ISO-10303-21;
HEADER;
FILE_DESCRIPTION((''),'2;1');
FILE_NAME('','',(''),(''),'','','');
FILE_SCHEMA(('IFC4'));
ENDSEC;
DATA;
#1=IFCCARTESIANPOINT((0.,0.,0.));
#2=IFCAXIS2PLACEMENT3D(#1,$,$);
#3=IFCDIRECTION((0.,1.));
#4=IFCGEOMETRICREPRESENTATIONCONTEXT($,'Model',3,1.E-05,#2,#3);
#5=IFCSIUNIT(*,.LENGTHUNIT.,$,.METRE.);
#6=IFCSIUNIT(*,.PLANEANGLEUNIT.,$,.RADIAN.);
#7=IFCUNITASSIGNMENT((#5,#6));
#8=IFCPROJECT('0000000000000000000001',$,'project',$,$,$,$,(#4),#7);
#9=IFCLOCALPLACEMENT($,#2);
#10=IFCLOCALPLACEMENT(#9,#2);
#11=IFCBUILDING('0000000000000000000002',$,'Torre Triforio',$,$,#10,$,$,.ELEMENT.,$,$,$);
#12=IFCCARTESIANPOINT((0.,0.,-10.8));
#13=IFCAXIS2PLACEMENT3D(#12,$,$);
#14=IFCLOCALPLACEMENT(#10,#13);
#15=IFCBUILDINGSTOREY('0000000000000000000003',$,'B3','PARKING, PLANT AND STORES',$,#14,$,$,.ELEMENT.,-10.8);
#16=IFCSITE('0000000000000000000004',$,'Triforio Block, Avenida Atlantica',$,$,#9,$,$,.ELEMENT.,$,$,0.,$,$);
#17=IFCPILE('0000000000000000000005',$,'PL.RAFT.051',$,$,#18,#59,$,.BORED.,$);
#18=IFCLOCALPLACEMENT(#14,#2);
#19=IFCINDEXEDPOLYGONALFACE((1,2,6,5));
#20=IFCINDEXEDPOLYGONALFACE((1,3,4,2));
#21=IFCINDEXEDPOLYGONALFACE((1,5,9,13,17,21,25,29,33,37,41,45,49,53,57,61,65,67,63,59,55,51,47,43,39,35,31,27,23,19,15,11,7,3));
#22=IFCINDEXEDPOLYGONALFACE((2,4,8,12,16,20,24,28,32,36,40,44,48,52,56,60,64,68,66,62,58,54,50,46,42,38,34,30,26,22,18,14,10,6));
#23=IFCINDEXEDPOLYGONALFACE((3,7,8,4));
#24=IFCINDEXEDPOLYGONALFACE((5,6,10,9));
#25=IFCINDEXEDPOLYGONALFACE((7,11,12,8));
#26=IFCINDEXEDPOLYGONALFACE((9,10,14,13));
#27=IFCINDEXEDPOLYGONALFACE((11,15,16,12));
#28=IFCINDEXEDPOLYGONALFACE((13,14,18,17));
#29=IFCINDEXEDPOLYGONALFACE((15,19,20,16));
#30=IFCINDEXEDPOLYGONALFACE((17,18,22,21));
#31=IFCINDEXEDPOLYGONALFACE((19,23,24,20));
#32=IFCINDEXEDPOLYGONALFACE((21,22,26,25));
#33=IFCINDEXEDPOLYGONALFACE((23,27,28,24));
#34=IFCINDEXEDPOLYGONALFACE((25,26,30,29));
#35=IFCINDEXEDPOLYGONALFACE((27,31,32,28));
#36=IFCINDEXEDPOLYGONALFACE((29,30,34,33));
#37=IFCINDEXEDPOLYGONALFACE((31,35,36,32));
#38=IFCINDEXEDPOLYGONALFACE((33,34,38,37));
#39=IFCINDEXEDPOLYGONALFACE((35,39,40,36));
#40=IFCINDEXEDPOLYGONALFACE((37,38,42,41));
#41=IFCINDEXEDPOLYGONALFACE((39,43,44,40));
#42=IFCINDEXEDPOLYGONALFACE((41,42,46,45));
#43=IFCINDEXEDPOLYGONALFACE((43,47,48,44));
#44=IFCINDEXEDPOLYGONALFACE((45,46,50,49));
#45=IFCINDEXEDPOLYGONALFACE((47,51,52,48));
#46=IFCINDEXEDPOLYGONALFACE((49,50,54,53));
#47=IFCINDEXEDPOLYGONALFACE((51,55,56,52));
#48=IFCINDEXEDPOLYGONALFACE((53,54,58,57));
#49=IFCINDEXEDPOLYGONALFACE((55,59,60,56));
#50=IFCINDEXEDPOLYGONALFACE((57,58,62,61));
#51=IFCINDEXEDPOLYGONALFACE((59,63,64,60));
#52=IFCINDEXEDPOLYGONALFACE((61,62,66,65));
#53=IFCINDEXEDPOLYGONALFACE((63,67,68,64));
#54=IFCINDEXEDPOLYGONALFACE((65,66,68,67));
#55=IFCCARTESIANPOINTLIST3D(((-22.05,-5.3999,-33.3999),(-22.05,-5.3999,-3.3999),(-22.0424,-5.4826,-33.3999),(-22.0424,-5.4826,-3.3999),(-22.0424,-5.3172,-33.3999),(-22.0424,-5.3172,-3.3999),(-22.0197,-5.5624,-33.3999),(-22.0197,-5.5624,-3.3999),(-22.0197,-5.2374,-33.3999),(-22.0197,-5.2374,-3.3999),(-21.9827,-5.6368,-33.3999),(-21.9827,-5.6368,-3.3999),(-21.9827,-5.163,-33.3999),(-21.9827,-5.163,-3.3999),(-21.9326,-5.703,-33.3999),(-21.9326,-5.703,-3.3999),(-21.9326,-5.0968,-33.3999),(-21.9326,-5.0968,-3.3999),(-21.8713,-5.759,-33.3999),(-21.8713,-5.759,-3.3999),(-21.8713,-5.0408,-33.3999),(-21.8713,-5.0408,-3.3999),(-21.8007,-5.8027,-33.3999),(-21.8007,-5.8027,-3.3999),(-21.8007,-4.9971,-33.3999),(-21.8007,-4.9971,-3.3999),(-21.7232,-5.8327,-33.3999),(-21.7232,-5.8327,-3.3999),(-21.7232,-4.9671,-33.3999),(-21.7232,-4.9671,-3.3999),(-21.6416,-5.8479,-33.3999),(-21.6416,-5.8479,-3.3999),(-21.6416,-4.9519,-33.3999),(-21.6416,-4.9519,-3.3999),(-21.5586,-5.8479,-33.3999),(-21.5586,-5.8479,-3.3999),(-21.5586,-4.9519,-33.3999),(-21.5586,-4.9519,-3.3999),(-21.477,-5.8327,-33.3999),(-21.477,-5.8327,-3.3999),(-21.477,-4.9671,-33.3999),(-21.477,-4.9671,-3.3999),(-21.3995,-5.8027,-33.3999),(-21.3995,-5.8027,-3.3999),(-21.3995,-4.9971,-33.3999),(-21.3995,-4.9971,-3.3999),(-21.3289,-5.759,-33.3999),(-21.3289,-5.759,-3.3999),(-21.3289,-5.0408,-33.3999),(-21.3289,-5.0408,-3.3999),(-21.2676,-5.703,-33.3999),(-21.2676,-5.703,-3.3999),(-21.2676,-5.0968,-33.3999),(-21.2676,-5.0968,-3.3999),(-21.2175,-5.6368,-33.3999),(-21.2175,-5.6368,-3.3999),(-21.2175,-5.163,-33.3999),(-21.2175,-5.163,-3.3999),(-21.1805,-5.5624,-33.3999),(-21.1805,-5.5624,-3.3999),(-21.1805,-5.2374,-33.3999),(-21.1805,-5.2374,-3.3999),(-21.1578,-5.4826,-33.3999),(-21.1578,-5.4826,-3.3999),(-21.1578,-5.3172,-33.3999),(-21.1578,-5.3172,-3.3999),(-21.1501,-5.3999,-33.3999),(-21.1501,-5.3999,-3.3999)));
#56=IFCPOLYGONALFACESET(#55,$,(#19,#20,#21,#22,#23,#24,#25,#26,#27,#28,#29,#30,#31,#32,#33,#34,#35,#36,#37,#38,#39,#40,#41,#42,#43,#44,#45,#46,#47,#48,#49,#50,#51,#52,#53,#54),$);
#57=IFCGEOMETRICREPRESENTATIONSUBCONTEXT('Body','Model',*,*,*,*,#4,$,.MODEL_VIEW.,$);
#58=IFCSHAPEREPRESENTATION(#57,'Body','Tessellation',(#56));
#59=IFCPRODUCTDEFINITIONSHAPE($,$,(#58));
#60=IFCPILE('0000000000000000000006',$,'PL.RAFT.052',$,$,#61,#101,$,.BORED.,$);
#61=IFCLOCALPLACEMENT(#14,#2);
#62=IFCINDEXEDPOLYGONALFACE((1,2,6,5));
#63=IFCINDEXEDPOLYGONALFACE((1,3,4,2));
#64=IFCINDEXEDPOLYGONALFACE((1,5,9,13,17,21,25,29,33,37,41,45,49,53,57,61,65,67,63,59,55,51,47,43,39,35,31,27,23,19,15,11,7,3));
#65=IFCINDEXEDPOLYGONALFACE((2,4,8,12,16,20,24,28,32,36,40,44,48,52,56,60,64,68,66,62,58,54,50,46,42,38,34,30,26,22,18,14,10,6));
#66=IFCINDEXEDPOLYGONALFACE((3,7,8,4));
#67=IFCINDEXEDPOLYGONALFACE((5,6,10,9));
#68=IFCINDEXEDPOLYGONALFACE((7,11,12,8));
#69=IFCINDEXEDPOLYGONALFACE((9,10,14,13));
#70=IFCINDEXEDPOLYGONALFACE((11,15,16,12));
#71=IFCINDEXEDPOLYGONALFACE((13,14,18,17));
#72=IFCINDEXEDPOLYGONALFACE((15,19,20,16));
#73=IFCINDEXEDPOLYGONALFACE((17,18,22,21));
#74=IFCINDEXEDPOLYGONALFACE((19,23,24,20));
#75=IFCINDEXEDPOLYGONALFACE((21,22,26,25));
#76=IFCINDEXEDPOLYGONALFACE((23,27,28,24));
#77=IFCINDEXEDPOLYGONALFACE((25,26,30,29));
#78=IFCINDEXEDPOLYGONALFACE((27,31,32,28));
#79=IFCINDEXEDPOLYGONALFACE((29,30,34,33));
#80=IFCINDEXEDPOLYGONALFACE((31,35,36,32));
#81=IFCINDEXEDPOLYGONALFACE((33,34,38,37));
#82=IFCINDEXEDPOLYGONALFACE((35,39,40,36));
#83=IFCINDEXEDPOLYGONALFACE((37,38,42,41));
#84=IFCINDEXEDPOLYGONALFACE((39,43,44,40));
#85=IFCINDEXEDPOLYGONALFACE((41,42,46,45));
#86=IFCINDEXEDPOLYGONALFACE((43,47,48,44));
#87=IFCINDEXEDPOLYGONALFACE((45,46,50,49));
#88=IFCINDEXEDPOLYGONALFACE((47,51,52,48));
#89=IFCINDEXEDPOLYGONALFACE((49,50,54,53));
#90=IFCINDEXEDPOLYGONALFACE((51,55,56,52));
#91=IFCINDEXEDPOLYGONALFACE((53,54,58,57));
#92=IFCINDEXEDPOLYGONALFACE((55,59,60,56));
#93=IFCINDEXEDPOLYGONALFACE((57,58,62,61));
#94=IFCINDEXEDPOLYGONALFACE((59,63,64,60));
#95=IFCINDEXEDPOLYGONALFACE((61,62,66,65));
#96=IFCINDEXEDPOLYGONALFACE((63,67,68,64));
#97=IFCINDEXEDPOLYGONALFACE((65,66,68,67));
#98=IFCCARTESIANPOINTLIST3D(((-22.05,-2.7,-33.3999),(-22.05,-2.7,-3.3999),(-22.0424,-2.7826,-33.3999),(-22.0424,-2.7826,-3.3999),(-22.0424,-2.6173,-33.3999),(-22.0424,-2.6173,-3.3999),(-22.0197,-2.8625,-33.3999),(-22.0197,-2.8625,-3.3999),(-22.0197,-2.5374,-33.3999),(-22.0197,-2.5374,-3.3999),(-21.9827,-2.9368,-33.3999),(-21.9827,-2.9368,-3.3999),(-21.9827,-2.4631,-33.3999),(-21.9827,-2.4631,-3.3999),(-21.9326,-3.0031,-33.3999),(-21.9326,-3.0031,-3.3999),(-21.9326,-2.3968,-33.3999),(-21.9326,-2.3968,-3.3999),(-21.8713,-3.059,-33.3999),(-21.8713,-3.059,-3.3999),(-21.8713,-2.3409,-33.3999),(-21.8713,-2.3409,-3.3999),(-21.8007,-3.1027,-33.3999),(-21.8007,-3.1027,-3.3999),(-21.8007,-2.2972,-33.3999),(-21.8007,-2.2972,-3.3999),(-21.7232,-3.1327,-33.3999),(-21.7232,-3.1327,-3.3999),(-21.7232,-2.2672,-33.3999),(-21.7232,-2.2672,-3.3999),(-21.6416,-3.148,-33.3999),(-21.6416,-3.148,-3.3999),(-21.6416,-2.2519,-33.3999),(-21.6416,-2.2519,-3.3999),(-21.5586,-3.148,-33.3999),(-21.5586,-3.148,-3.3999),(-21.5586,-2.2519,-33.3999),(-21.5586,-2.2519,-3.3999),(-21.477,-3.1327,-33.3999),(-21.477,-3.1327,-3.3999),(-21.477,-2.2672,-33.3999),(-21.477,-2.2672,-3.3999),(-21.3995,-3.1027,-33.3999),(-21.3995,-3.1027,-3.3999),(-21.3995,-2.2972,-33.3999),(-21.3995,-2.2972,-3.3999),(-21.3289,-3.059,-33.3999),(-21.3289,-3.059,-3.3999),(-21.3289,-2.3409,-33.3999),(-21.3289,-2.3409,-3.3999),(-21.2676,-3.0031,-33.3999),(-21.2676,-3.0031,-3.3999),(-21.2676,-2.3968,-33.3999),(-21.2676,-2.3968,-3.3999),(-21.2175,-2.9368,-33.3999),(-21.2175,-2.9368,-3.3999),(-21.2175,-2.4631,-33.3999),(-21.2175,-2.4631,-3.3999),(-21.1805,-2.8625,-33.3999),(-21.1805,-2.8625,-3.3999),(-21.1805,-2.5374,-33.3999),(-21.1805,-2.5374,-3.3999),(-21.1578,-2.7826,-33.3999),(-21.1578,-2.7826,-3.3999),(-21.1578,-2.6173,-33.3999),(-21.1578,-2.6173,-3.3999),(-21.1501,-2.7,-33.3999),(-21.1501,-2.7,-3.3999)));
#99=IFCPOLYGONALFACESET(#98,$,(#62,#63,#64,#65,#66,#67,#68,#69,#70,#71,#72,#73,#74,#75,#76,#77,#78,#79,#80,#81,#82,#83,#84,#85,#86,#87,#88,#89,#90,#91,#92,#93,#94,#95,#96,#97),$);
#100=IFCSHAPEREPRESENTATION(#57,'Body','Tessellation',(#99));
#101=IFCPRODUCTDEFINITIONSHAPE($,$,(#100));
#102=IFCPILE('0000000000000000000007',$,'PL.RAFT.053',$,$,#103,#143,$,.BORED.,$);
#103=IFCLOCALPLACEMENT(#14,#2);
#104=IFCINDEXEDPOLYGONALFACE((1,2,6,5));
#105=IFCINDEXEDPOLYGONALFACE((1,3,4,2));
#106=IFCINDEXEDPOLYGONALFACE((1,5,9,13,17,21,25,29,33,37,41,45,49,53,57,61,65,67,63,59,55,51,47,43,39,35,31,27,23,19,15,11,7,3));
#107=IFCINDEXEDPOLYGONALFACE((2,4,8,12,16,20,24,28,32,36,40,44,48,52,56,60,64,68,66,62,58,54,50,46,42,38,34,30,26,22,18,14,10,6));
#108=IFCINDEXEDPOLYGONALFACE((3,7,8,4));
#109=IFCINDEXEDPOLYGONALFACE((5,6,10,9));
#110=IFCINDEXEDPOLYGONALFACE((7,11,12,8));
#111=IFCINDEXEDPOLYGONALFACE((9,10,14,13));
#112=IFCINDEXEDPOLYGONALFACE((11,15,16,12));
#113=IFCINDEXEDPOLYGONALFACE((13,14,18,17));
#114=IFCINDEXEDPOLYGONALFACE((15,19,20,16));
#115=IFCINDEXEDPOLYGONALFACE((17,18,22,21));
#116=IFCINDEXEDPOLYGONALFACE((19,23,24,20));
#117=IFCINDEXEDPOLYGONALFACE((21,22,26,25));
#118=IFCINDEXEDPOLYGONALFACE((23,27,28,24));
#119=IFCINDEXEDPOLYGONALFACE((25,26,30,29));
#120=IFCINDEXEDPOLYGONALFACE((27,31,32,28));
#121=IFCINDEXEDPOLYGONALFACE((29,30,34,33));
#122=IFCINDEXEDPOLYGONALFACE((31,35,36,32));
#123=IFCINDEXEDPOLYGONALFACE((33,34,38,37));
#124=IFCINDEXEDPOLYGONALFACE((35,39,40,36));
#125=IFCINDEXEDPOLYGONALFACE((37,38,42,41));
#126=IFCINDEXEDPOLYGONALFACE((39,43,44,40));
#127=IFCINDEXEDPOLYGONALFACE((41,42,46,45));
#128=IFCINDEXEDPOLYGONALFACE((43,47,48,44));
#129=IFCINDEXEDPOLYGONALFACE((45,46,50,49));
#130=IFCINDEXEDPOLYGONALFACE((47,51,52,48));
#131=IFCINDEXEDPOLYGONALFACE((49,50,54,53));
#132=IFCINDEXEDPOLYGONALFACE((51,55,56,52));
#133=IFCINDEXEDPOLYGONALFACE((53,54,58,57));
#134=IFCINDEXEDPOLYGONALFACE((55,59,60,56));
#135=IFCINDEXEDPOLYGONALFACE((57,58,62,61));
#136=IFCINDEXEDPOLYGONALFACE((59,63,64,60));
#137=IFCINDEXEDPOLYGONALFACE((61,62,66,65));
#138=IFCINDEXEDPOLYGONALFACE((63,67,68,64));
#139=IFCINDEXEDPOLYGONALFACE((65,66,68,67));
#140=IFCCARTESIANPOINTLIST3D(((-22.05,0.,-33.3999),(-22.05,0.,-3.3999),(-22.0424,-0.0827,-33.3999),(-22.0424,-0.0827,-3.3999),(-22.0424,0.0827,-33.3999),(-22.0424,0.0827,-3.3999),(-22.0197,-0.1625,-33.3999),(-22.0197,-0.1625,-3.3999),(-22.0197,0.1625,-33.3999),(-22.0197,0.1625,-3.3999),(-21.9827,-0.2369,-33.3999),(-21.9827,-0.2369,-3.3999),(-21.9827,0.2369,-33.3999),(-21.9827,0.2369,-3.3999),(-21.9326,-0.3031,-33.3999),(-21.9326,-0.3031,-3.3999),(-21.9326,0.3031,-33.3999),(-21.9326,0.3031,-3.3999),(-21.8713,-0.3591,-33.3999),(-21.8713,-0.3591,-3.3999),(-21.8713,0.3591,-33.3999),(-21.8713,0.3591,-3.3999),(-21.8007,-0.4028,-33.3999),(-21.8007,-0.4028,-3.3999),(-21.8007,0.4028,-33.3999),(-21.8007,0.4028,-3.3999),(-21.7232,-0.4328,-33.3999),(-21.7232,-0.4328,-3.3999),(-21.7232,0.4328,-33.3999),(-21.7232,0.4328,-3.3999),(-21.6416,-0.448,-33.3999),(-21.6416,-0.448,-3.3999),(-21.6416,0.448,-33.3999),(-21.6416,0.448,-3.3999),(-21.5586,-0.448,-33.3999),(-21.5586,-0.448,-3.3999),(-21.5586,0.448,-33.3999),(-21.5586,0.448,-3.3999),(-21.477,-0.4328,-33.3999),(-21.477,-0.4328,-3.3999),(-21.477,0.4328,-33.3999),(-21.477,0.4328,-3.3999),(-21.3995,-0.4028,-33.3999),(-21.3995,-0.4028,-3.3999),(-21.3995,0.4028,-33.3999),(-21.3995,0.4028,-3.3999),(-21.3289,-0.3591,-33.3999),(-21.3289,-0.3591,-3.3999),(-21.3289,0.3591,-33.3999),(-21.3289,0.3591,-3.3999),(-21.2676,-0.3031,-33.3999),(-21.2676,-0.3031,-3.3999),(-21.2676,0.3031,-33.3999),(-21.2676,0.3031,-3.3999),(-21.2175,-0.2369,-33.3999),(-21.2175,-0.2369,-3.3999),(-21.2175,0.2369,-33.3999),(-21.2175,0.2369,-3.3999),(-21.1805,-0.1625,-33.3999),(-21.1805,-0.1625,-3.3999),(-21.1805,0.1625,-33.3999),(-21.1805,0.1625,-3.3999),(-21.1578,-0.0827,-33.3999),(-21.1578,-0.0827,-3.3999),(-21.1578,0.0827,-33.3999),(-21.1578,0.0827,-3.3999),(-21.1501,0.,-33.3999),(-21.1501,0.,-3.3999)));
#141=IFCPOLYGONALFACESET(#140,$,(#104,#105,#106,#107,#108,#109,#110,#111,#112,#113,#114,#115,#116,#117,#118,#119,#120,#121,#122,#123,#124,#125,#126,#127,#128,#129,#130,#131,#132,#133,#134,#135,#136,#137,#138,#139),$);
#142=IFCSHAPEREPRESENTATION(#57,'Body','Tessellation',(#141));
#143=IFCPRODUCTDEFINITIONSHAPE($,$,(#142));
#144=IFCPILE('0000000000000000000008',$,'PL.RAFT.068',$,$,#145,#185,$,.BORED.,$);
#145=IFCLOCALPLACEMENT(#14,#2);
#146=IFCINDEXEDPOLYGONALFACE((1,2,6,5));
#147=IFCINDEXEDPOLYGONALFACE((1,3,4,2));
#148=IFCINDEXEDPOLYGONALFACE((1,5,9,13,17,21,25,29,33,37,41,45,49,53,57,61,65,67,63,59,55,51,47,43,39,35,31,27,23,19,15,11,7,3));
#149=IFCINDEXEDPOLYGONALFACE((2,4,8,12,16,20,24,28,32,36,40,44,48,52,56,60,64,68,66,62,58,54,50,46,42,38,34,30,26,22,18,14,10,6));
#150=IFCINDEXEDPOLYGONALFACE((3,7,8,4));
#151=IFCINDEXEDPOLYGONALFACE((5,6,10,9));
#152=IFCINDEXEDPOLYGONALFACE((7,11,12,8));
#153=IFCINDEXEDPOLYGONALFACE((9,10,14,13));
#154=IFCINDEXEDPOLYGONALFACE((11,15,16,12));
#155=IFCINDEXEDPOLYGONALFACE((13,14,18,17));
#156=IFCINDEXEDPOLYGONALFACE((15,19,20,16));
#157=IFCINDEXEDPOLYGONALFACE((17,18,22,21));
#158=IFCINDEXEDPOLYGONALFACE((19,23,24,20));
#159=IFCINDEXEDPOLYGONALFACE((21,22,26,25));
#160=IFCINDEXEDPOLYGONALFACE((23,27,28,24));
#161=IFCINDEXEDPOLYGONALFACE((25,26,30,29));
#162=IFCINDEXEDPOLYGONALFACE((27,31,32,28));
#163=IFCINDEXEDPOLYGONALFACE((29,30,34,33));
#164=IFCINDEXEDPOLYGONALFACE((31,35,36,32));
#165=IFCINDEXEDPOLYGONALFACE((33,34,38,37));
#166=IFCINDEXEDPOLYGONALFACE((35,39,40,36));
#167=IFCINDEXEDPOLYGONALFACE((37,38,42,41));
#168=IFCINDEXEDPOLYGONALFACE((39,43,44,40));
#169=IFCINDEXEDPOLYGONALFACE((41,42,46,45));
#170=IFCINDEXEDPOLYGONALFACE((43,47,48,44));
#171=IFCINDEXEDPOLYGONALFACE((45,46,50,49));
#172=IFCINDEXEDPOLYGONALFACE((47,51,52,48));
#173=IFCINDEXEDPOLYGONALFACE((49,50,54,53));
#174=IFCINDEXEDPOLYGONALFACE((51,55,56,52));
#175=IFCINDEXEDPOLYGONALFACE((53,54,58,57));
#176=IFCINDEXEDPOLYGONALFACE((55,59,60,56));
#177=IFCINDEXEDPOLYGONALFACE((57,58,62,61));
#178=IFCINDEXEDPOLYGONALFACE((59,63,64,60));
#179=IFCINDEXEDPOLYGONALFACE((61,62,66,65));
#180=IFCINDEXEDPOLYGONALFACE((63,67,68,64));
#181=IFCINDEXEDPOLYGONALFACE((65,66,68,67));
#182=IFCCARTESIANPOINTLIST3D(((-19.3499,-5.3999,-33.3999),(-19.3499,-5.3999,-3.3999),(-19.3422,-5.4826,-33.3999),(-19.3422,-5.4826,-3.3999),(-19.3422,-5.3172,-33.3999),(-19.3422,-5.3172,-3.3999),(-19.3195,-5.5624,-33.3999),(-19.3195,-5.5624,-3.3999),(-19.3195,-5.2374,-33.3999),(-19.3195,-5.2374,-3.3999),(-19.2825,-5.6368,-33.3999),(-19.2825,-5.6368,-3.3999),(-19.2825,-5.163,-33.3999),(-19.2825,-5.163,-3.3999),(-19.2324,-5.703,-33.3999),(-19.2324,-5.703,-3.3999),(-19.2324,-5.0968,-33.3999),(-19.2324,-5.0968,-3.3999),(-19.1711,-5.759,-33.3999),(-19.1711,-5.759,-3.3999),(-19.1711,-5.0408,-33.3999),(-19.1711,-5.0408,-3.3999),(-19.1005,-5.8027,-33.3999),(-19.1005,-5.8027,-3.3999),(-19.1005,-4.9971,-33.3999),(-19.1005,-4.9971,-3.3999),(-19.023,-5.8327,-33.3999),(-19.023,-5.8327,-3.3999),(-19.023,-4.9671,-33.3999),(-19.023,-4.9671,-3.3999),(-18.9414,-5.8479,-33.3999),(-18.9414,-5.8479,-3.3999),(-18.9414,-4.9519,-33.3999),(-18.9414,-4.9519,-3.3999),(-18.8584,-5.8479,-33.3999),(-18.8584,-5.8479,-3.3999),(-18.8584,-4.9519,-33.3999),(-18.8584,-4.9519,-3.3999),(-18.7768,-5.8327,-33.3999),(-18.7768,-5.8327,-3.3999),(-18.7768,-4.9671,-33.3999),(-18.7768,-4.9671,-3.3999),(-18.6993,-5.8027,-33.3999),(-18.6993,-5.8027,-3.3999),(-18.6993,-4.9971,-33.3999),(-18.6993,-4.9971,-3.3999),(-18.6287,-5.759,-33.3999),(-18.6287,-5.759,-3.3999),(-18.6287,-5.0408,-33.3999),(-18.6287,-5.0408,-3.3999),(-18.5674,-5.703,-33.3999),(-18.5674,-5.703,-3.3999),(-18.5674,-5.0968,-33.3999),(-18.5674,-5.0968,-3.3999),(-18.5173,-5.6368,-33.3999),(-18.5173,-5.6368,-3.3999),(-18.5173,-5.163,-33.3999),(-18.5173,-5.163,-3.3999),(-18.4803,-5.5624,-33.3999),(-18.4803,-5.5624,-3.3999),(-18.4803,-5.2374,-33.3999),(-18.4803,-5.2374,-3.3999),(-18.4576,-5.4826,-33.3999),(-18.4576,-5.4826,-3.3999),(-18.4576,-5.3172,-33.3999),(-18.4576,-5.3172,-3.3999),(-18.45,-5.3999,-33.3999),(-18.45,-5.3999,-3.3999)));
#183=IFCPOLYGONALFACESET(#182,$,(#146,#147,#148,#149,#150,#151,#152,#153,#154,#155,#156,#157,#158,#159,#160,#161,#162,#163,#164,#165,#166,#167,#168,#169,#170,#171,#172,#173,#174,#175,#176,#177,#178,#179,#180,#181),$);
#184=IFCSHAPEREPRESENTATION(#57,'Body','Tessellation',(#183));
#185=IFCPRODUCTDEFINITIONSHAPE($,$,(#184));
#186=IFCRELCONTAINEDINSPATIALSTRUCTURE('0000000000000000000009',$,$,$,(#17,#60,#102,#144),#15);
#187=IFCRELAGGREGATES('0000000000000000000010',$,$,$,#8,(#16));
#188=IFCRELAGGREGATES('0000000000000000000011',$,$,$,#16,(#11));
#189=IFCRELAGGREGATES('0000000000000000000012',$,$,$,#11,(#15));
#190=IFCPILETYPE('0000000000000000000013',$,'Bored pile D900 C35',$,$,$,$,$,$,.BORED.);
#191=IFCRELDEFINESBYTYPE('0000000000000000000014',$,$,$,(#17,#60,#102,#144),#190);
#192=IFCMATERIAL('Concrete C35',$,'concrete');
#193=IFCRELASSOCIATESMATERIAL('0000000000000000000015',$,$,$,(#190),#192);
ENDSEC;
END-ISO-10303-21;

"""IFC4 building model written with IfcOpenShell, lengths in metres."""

from ifc_helpers import new_model, si_unit, direction, frame, origin, origin_2d, place, context, subcontext, project, spatial, circle, extrude, material, material_profile, profile_set, type_object, element, save


model = new_model("IFC4")

# Units and contexts
model_context = context("Model", 3, precision=1e-05, world=origin(), true_north=direction((0.0, 1.0)))
body_context = subcontext(model_context, "Body", "Model", "MODEL_VIEW")
ifc_project = project(units=[si_unit("LENGTHUNIT", "METRE"), si_unit("PLANEANGLEUNIT", "RADIAN")], contexts=[model_context])

# Site, building, storey
site_placement = place(None, origin())
site = spatial("IfcSite", under=ifc_project, at=site_placement, Name="Triforio Block, Avenida Atlantica", CompositionType="ELEMENT", RefElevation=0.0)
building_placement = place(site_placement, origin())
building = spatial("IfcBuilding", under=site, at=building_placement, Name="Torre Triforio", CompositionType="ELEMENT")
storey_placement = place(building_placement, frame((0.0, 0.0, -10.8)))
storey = spatial("IfcBuildingStorey", under=building, at=storey_placement, Name="B3", Description="PARKING, PLANT AND STORES", CompositionType="ELEMENT", Elevation=-10.8)

# Piles
ifc_material_1 = material(Name="Concrete C35", Category="concrete")
ifc_material_profile_1 = material_profile(ifc_material_1, circle(Radius=0.45, at=origin_2d()), Name="RC D900")
ifc_profile_set_1 = profile_set([ifc_material_profile_1], Name="Concrete C35")
pile_type = type_object("IfcPileType", Name="Bored pile D900 C35", PredefinedType="BORED", material=ifc_profile_set_1)
for number, where, z_axis, x_axis, name in (
    (1, (-21.6001, -5.3999, -3.3999), (0.0, 0.0, -1.0), (1.0, 0.0, 0.0), "PL.RAFT.051"),
    (2, (-21.6001, -2.7, -3.3999), (0.0, 0.0, -1.0), (1.0, 0.0, 0.0), "PL.RAFT.052"),
    (3, (-21.6001, 0.0, -3.3999), (0.0, 0.0, -1.0), (1.0, 0.0, 0.0), "PL.RAFT.053"),
    (4, (-18.8999, -5.3999, -3.3999), (0.0, 0.0, -1.0), (1.0, 0.0, 0.0), "PL.RAFT.068"),
):
    element("IfcPile", number, at=place(storey_placement, frame(where, z_axis=z_axis, x_axis=x_axis)), inside=storey, type_object=pile_type, Name=name, PredefinedType="BORED", context=body_context, shape_type="SweptSolid", body=[
        extrude(circle(Radius=0.45, at=origin_2d()), origin(), (0.0, 0.0, 1.0), 30.0),
    ])

save(model, "model.ifc")
